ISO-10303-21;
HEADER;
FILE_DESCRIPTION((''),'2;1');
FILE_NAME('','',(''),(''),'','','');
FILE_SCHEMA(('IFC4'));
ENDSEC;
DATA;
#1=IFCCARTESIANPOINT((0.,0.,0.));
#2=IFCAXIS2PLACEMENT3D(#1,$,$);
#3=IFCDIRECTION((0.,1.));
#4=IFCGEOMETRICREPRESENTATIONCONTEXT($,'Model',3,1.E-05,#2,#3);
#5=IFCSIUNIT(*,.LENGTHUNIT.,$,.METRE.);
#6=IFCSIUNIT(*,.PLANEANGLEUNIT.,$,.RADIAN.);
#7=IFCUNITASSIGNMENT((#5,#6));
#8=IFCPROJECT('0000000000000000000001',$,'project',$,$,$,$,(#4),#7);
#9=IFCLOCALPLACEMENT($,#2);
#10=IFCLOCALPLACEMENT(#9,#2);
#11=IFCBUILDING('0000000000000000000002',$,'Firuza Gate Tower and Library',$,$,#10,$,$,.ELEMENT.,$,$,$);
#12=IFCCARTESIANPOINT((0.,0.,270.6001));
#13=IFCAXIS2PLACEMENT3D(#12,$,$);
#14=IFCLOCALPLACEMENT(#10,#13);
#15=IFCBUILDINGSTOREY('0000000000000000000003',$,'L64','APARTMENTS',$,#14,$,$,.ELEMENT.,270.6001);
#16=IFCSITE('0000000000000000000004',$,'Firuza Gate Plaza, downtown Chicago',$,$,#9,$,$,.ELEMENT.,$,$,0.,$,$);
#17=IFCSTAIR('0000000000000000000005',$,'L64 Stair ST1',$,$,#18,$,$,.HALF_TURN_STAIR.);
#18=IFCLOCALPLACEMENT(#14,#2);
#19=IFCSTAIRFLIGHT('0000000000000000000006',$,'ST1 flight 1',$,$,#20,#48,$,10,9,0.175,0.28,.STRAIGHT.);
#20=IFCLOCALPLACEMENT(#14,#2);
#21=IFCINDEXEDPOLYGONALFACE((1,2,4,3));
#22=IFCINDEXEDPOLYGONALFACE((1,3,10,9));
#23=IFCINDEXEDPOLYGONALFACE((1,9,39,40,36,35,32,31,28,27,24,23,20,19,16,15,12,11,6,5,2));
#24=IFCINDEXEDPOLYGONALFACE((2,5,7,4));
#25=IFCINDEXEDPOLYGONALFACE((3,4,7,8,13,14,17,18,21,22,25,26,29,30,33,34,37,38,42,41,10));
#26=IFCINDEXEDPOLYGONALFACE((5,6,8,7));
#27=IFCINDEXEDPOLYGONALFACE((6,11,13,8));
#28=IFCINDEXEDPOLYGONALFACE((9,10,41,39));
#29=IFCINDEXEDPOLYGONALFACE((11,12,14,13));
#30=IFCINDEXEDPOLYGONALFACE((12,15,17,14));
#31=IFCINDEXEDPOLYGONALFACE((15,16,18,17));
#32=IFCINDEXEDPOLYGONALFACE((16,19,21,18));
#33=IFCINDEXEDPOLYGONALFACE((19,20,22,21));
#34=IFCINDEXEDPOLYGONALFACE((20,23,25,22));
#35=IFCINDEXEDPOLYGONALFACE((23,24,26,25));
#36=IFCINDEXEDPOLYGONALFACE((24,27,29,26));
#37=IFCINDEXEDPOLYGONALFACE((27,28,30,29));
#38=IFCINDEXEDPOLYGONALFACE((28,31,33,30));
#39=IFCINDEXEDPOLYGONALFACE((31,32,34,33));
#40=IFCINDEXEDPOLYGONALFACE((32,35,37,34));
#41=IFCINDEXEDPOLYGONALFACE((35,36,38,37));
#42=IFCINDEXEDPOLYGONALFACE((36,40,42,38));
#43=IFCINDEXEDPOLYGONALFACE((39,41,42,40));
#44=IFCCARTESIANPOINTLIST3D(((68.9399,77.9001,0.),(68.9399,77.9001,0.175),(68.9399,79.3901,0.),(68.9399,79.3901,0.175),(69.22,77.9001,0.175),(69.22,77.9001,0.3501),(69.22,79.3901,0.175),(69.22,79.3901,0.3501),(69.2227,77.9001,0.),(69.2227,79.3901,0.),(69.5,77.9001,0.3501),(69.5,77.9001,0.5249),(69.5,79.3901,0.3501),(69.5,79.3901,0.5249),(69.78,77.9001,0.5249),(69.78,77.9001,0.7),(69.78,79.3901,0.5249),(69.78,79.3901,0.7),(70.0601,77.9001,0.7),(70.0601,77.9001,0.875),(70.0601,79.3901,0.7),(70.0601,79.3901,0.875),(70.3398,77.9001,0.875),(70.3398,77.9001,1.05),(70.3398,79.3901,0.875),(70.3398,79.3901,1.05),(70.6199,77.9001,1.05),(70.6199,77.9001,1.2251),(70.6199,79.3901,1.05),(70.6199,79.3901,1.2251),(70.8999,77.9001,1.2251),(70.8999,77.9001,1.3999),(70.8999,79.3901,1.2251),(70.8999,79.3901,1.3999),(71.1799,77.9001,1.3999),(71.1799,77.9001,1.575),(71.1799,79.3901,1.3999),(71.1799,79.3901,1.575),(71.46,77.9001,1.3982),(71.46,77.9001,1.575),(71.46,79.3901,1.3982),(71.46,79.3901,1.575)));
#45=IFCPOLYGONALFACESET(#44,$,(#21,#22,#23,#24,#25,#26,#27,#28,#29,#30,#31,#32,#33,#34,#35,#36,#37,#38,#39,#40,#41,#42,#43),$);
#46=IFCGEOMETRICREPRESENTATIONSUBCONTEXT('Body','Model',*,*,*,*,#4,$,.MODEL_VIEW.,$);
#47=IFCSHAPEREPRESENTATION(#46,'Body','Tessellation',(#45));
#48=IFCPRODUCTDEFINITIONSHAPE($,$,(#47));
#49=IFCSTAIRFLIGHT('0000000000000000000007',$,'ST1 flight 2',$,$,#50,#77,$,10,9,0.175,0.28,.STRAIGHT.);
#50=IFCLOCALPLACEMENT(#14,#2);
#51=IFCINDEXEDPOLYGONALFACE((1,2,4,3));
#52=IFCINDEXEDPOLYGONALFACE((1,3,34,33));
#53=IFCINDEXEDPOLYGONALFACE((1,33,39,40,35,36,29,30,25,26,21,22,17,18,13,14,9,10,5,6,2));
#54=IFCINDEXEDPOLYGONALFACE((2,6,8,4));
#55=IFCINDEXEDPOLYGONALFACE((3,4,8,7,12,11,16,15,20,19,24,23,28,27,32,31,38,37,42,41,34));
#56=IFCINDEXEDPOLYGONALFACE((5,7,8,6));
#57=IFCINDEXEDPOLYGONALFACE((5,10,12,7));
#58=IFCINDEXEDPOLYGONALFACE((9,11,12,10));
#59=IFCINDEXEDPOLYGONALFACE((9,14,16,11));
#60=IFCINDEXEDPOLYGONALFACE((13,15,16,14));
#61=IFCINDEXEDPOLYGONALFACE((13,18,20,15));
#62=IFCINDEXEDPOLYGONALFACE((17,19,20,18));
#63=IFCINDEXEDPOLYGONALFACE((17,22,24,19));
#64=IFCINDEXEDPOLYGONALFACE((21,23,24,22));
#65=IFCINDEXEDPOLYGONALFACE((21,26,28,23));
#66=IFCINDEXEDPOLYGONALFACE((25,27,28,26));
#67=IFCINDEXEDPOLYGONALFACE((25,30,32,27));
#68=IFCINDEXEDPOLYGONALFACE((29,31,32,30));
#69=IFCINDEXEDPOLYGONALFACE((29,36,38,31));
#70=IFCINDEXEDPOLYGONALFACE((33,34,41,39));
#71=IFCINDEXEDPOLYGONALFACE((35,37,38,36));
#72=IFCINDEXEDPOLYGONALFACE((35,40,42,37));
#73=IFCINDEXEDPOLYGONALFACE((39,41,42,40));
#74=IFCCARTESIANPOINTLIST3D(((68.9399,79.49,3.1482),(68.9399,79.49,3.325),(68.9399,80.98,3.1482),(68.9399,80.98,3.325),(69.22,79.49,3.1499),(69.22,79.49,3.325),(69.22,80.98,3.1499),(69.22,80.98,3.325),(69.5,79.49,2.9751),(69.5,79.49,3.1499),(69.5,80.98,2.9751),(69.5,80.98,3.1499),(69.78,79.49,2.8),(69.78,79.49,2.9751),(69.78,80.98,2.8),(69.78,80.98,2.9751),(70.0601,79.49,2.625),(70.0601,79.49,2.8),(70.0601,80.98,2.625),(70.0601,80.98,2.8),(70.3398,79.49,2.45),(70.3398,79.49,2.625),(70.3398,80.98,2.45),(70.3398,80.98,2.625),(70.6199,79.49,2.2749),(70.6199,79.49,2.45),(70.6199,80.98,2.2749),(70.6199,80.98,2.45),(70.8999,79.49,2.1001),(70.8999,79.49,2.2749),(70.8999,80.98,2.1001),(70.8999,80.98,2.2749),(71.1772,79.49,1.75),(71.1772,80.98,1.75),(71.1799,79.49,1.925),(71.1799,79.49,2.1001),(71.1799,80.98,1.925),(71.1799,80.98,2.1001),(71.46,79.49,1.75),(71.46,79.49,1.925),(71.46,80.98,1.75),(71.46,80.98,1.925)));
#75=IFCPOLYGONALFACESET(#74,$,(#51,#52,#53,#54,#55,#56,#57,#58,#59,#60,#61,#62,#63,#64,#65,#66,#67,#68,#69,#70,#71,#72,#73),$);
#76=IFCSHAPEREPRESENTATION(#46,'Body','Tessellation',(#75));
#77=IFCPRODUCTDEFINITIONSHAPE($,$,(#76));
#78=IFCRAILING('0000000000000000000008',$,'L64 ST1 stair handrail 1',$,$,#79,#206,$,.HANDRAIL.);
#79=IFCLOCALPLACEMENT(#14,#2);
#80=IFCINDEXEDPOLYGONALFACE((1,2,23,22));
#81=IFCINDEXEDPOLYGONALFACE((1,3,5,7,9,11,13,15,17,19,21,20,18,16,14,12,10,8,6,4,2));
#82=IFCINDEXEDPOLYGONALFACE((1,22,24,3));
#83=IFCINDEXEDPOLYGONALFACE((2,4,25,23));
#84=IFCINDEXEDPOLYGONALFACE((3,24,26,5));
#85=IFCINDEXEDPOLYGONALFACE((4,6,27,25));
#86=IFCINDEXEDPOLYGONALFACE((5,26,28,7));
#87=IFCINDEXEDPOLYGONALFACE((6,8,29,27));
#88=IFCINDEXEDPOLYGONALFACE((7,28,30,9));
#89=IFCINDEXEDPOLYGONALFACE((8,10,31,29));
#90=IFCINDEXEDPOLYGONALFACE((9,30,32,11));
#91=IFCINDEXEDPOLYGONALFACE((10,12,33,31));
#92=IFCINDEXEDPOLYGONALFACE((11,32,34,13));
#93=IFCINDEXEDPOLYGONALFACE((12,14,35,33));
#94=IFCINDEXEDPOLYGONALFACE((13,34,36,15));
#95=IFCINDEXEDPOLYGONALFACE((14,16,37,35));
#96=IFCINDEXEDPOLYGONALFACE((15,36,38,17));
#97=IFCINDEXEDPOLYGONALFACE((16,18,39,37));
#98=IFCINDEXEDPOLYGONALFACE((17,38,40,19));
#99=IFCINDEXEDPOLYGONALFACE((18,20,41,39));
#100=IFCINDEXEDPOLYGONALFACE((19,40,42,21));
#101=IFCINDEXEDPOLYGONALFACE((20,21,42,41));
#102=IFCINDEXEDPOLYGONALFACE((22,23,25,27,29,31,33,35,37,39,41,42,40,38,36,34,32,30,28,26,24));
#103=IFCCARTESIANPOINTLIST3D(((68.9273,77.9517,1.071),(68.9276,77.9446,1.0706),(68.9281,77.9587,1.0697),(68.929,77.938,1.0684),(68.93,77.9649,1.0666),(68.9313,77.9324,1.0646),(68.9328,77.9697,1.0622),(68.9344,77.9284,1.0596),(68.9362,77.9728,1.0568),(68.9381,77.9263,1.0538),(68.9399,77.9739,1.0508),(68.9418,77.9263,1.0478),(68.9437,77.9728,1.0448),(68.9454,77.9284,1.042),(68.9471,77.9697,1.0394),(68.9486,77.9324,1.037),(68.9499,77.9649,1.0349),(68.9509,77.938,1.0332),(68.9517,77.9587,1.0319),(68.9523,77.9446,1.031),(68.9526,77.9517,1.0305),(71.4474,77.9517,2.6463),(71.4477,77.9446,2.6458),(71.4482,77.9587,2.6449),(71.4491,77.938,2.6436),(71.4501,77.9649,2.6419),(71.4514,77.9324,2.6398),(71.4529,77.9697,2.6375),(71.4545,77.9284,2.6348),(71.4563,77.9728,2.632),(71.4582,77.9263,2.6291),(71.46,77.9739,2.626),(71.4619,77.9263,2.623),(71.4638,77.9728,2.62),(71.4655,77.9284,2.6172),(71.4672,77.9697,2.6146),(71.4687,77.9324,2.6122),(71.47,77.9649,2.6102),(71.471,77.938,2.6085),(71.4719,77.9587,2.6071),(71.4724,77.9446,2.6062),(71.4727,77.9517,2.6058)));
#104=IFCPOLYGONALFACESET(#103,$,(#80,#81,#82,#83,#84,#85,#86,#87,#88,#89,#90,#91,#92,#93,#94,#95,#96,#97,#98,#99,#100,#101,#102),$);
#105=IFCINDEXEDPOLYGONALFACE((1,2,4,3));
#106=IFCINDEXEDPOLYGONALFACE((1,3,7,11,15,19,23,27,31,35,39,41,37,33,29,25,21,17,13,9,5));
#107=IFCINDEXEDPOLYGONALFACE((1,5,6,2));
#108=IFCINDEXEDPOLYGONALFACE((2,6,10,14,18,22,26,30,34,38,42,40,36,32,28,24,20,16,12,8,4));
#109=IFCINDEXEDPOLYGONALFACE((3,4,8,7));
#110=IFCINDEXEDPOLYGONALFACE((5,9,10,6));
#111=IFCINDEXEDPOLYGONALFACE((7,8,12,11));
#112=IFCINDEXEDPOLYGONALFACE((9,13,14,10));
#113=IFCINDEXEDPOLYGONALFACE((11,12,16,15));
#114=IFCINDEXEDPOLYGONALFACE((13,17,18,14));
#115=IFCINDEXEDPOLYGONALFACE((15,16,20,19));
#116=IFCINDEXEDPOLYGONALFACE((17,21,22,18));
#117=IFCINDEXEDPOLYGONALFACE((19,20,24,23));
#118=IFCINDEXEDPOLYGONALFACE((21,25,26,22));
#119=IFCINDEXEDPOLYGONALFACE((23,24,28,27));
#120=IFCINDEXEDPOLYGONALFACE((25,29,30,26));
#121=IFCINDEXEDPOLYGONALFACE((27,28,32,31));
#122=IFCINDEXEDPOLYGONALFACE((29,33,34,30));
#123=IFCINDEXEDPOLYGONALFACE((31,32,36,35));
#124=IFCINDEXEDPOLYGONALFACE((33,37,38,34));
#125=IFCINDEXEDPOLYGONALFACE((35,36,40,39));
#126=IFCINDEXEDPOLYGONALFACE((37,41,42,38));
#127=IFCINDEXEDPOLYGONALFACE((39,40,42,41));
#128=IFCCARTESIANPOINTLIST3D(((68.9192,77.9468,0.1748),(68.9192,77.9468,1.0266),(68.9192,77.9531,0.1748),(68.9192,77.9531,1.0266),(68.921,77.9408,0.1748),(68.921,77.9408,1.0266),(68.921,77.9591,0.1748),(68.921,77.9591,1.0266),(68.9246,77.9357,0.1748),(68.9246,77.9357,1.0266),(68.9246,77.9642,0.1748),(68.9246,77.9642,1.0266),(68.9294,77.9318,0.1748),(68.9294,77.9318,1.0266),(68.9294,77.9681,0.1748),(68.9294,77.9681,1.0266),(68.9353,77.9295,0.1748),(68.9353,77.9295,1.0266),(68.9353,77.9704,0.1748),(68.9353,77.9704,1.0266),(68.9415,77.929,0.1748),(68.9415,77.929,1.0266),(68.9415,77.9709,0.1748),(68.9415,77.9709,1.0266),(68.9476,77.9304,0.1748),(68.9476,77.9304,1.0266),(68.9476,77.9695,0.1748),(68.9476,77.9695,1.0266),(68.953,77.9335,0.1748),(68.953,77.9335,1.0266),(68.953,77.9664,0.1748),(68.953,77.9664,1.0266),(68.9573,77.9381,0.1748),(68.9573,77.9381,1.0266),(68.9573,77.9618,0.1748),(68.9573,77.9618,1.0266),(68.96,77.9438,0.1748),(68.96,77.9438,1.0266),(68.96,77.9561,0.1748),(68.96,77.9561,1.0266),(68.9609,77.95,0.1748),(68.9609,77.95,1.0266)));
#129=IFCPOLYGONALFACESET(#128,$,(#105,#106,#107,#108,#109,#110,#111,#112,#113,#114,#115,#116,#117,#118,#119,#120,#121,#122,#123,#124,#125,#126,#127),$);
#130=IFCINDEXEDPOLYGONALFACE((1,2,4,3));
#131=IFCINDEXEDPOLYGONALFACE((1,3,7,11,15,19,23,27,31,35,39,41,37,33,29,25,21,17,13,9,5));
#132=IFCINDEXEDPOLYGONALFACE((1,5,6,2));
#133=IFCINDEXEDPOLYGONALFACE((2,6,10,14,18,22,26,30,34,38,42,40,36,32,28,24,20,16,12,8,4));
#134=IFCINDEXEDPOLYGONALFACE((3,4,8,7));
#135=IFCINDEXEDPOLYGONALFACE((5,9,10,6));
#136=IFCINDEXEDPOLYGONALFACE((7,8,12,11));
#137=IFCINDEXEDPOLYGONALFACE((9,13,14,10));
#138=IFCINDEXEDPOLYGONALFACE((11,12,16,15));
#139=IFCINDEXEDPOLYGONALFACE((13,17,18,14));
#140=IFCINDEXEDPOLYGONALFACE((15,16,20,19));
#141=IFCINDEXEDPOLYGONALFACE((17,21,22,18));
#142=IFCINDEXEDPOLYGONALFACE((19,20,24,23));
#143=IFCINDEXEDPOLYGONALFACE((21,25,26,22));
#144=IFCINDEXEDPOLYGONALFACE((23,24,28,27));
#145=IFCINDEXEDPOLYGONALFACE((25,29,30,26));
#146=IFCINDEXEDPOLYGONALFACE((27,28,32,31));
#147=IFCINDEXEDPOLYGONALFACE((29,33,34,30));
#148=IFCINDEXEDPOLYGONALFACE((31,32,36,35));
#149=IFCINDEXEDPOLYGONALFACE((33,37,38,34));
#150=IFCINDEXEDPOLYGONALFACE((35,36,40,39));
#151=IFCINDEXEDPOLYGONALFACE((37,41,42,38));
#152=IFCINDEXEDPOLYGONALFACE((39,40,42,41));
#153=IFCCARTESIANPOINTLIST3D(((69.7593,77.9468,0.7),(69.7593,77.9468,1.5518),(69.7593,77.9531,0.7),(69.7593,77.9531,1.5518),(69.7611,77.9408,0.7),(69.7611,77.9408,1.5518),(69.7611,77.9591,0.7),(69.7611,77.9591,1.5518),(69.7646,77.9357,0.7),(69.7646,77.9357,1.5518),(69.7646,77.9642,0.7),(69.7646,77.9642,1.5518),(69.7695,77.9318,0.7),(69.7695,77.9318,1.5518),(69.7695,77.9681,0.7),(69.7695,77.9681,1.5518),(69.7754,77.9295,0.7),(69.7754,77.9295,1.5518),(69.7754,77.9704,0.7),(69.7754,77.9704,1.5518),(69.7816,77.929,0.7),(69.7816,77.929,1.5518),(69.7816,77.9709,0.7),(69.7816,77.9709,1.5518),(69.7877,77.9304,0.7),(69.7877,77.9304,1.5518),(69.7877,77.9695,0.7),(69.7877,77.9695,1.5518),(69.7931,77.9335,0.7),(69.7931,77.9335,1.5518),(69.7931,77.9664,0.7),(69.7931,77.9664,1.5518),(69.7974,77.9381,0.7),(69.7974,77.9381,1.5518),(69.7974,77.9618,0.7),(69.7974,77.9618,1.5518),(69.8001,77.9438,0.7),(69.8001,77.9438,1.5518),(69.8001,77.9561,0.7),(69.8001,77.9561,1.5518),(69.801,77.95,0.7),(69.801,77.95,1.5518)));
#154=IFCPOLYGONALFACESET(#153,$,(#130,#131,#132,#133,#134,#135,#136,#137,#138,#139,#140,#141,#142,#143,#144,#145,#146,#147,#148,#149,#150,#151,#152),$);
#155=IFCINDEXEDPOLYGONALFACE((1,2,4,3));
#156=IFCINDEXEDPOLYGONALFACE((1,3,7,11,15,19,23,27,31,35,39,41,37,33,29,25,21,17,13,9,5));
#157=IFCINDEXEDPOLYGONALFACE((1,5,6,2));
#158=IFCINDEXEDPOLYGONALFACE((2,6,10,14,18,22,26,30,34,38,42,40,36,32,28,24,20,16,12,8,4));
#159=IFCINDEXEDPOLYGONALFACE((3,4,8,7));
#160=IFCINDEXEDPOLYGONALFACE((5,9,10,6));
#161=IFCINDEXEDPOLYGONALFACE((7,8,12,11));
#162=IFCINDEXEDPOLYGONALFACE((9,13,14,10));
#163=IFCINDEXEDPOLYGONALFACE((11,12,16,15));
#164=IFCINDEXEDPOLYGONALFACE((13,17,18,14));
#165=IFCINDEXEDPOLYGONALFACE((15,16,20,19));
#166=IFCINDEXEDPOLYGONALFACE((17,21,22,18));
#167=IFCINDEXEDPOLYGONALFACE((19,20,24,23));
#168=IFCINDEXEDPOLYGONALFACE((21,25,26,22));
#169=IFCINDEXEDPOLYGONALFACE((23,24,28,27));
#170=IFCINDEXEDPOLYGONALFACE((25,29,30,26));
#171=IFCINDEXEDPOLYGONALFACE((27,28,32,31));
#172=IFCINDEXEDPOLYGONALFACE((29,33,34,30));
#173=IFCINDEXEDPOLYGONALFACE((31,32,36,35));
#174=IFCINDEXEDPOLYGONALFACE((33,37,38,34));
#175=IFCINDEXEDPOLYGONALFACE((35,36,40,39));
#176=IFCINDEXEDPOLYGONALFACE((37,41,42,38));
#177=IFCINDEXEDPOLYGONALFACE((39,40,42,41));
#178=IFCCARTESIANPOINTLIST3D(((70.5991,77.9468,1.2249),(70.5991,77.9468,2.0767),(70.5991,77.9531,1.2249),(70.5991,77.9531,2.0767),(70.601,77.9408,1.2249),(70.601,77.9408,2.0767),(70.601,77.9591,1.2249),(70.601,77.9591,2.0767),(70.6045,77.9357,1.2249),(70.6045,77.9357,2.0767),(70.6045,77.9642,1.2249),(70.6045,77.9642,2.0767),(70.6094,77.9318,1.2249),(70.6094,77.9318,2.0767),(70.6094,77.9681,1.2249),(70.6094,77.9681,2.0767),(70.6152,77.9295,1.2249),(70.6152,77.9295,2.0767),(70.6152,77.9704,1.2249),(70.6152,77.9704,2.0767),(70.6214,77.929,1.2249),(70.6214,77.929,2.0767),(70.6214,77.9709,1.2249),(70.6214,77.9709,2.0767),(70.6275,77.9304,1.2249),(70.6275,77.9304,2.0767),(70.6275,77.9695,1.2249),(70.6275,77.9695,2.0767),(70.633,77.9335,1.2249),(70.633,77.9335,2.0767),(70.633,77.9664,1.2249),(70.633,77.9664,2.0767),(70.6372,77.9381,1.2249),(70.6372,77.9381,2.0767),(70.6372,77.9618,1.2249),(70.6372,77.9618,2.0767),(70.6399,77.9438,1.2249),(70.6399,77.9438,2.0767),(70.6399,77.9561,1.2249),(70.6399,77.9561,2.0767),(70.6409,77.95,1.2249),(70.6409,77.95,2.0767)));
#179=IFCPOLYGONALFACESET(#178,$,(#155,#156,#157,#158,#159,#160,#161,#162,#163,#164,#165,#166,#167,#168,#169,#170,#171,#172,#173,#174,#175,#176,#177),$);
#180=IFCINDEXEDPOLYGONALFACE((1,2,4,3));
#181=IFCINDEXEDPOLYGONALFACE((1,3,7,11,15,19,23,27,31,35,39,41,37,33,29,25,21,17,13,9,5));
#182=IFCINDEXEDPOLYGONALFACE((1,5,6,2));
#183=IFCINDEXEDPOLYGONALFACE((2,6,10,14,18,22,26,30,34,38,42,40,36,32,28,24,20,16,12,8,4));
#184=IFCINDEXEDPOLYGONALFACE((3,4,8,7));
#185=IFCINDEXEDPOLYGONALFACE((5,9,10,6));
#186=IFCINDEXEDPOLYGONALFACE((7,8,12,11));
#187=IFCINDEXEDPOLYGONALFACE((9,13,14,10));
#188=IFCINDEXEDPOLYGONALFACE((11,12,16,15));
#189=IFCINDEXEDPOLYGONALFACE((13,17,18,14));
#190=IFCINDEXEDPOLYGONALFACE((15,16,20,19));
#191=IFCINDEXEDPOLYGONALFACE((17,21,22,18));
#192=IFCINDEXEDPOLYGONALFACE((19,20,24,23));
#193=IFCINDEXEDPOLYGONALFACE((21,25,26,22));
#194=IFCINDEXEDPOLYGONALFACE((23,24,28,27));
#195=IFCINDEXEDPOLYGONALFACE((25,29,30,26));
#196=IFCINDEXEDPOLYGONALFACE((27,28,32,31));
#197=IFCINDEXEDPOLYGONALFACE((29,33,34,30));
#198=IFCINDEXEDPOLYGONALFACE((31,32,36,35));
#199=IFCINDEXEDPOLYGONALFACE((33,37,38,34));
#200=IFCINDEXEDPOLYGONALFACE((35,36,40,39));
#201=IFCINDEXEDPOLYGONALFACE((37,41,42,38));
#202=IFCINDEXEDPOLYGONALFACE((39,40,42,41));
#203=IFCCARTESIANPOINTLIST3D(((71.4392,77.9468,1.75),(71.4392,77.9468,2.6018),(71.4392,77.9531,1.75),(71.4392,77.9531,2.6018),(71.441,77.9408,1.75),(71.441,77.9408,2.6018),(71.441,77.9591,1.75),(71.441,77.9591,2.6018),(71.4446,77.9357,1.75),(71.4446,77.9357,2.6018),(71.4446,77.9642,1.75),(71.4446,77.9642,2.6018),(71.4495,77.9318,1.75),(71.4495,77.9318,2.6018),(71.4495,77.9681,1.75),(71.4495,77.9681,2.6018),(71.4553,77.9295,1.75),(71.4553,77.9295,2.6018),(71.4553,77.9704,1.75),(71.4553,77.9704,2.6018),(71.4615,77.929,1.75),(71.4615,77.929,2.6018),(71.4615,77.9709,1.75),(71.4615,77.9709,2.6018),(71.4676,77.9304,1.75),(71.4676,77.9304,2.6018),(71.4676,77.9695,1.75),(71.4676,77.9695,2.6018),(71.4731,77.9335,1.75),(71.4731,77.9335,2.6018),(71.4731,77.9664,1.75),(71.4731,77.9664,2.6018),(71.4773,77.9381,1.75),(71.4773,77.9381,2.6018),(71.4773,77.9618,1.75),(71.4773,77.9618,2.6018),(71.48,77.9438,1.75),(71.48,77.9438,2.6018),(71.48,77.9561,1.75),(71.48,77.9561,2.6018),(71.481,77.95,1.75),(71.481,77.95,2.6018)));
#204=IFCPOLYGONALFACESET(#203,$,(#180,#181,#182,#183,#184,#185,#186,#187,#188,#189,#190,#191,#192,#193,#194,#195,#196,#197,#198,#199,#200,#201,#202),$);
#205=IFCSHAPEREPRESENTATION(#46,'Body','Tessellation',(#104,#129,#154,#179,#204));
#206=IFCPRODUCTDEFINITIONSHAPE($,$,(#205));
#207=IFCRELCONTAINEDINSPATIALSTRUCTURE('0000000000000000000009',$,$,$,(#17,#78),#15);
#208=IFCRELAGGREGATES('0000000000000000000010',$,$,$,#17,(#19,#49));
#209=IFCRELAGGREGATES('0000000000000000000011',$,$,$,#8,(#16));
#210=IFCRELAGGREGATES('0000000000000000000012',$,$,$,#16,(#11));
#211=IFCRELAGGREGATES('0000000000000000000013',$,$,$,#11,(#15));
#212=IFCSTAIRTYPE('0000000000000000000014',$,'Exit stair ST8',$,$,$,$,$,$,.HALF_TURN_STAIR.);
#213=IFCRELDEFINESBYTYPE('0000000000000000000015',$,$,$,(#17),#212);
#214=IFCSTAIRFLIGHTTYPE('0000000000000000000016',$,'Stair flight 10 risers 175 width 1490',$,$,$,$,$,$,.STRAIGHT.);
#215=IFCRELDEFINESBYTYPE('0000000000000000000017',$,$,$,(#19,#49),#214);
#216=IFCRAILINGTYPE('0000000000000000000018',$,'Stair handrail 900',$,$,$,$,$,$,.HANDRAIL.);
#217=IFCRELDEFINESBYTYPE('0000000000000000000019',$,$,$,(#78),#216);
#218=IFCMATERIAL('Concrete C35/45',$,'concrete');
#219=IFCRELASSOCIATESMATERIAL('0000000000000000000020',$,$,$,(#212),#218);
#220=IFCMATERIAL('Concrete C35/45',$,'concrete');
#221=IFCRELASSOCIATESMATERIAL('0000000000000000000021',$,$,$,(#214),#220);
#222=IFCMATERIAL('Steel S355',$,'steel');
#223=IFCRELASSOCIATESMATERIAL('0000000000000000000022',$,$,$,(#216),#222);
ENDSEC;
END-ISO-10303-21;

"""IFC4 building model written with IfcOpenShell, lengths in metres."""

from ifc_helpers import new_model, si_unit, direction, frame, origin, origin_2d, place, context, subcontext, project, spatial, polyline, circle, outline, extrude, material, type_object, element, aggregate, save


model = new_model("IFC4")

# Units and contexts
model_context = context("Model", 3, precision=1e-05, world=origin(), true_north=direction((0.0, 1.0)))
body_context = subcontext(model_context, "Body", "Model", "MODEL_VIEW")
ifc_project = project(units=[si_unit("LENGTHUNIT", "METRE"), si_unit("PLANEANGLEUNIT", "RADIAN")], contexts=[model_context])

# Site, building, storey
site_placement = place(None, origin())
site = spatial("IfcSite", under=ifc_project, at=site_placement, Name="Firuza Gate Plaza, downtown Chicago", CompositionType="ELEMENT", RefElevation=0.0)
building_placement = place(site_placement, origin())
building = spatial("IfcBuilding", under=site, at=building_placement, Name="Firuza Gate Tower and Library", CompositionType="ELEMENT")
storey_placement = place(building_placement, frame((0.0, 0.0, 270.6001)))
storey = spatial("IfcBuildingStorey", under=building, at=storey_placement, Name="L64", Description="APARTMENTS", CompositionType="ELEMENT", Elevation=270.6001)

# Stair, stair flights
ifc_material_1 = material(Name="Concrete C35/45", Category="concrete")
stair_type = type_object("IfcStairType", Name="Exit stair ST8", PredefinedType="HALF_TURN_STAIR", material=ifc_material_1)
stair_placement = place(storey_placement, origin())
stair = element("IfcStair", 1, at=stair_placement, inside=storey, type_object=stair_type, Name="L64 Stair ST1", PredefinedType="HALF_TURN_STAIR")
ifc_material_2 = material(Name="Concrete C35/45", Category="concrete")
stair_flight_type = type_object("IfcStairFlightType", Name="Stair flight 10 risers 175 width 1490", PredefinedType="STRAIGHT", material=ifc_material_2)
stair_flight_1_placement = place(storey_placement, frame((68.9399, 78.645, 0.0), z_axis=(0.0, 0.0, 1.0), x_axis=(1.0, 0.0, 0.0)))
stair_flight_1 = element("IfcStairFlight", 2, at=stair_flight_1_placement, type_object=stair_flight_type, Name="ST1 flight 1", NumberOfRisers=10, NumberOfTreads=9, PredefinedType="STRAIGHT", RiserHeight=0.175, TreadLength=0.28, context=body_context, shape_type="SweptSolid", body=[
    extrude(outline(polyline([(0.0, 0.0), (0.0, 0.175), (0.28, 0.175), (0.28, 0.3501), (0.5601, 0.3501), (0.5601, 0.5249), (0.8401, 0.5249), (0.8401, 0.7), (1.1201, 0.7), (1.1201, 0.875), (1.3999, 0.875), (1.3999, 1.05), (1.6799, 1.05), (1.6799, 1.2251), (1.96, 1.2251), (1.96, 1.3999), (2.24, 1.3999), (2.24, 1.575), (2.52, 1.575), (2.52, 1.75), (2.52, 1.3982), (0.2827, 0.0), (0.0, 0.0)])), frame((0.0, 0.7451, 0.0), z_axis=(0.0, -1.0, 0.0), x_axis=(1.0, 0.0, 0.0)), (0.0, 0.0, 1.0), 1.49),
])
stair_flight_2_placement = place(storey_placement, frame((71.46, 80.2351, 1.75), z_axis=(0.0, 0.0, 1.0), x_axis=(-1.0, 0.0, 0.0)))
stair_flight_2 = element("IfcStairFlight", 3, at=stair_flight_2_placement, type_object=stair_flight_type, Name="ST1 flight 2", NumberOfRisers=10, NumberOfTreads=9, PredefinedType="STRAIGHT", RiserHeight=0.175, TreadLength=0.28, context=body_context, shape_type="SweptSolid", body=[
    extrude(outline(polyline([(0.0, 0.0), (0.0, 0.175), (0.28, 0.175), (0.28, 0.3501), (0.5601, 0.3501), (0.5601, 0.5249), (0.8401, 0.5249), (0.8401, 0.7), (1.1201, 0.7), (1.1201, 0.875), (1.3999, 0.875), (1.3999, 1.05), (1.6799, 1.05), (1.6799, 1.2251), (1.96, 1.2251), (1.96, 1.3999), (2.24, 1.3999), (2.24, 1.575), (2.52, 1.575), (2.52, 1.75), (2.52, 1.3982), (0.2827, 0.0), (0.0, 0.0)])), frame((0.0, 0.7451, 0.0), z_axis=(0.0, -1.0, 0.0), x_axis=(1.0, 0.0, 0.0)), (0.0, 0.0, 1.0), 1.49),
])
aggregate(stair, [stair_flight_1, stair_flight_2])

# Railing
ifc_material_3 = material(Name="Steel S355", Category="steel")
railing_type_1 = type_object("IfcRailingType", Name="Stair handrail 900", PredefinedType="HANDRAIL", material=ifc_material_3)
railing_1_placement = place(storey_placement, frame((68.9399, 77.95, 0.1748)))
element("IfcRailing", 4, at=railing_1_placement, inside=storey, type_object=railing_type_1, Name="L64 ST1 stair handrail 1", PredefinedType="HANDRAIL", context=body_context, shape_type="SweptSolid", body=[
    extrude(circle(Radius=0.0239, at=origin_2d()), frame((0.0, 0.0, 0.876), z_axis=(0.847971, 0.0, 0.530043), x_axis=(0.0, 1.0, 0.0)), (0.0, 0.0, 1.0), 2.9719),
    extrude(circle(Radius=0.021, at=origin_2d()), origin(), (0.0, 0.0, 1.0), 0.8518),
    extrude(circle(Radius=0.021, at=origin_2d()), frame((0.8401, 0.0, 0.5251)), (0.0, 0.0, 1.0), 0.8518),
    extrude(circle(Radius=0.021, at=origin_2d()), frame((1.6799, 0.0, 1.05)), (0.0, 0.0, 1.0), 0.8518),
    extrude(circle(Radius=0.021, at=origin_2d()), frame((2.52, 0.0, 1.5752)), (0.0, 0.0, 1.0), 0.8518),
])

save(model, "model.ifc")
